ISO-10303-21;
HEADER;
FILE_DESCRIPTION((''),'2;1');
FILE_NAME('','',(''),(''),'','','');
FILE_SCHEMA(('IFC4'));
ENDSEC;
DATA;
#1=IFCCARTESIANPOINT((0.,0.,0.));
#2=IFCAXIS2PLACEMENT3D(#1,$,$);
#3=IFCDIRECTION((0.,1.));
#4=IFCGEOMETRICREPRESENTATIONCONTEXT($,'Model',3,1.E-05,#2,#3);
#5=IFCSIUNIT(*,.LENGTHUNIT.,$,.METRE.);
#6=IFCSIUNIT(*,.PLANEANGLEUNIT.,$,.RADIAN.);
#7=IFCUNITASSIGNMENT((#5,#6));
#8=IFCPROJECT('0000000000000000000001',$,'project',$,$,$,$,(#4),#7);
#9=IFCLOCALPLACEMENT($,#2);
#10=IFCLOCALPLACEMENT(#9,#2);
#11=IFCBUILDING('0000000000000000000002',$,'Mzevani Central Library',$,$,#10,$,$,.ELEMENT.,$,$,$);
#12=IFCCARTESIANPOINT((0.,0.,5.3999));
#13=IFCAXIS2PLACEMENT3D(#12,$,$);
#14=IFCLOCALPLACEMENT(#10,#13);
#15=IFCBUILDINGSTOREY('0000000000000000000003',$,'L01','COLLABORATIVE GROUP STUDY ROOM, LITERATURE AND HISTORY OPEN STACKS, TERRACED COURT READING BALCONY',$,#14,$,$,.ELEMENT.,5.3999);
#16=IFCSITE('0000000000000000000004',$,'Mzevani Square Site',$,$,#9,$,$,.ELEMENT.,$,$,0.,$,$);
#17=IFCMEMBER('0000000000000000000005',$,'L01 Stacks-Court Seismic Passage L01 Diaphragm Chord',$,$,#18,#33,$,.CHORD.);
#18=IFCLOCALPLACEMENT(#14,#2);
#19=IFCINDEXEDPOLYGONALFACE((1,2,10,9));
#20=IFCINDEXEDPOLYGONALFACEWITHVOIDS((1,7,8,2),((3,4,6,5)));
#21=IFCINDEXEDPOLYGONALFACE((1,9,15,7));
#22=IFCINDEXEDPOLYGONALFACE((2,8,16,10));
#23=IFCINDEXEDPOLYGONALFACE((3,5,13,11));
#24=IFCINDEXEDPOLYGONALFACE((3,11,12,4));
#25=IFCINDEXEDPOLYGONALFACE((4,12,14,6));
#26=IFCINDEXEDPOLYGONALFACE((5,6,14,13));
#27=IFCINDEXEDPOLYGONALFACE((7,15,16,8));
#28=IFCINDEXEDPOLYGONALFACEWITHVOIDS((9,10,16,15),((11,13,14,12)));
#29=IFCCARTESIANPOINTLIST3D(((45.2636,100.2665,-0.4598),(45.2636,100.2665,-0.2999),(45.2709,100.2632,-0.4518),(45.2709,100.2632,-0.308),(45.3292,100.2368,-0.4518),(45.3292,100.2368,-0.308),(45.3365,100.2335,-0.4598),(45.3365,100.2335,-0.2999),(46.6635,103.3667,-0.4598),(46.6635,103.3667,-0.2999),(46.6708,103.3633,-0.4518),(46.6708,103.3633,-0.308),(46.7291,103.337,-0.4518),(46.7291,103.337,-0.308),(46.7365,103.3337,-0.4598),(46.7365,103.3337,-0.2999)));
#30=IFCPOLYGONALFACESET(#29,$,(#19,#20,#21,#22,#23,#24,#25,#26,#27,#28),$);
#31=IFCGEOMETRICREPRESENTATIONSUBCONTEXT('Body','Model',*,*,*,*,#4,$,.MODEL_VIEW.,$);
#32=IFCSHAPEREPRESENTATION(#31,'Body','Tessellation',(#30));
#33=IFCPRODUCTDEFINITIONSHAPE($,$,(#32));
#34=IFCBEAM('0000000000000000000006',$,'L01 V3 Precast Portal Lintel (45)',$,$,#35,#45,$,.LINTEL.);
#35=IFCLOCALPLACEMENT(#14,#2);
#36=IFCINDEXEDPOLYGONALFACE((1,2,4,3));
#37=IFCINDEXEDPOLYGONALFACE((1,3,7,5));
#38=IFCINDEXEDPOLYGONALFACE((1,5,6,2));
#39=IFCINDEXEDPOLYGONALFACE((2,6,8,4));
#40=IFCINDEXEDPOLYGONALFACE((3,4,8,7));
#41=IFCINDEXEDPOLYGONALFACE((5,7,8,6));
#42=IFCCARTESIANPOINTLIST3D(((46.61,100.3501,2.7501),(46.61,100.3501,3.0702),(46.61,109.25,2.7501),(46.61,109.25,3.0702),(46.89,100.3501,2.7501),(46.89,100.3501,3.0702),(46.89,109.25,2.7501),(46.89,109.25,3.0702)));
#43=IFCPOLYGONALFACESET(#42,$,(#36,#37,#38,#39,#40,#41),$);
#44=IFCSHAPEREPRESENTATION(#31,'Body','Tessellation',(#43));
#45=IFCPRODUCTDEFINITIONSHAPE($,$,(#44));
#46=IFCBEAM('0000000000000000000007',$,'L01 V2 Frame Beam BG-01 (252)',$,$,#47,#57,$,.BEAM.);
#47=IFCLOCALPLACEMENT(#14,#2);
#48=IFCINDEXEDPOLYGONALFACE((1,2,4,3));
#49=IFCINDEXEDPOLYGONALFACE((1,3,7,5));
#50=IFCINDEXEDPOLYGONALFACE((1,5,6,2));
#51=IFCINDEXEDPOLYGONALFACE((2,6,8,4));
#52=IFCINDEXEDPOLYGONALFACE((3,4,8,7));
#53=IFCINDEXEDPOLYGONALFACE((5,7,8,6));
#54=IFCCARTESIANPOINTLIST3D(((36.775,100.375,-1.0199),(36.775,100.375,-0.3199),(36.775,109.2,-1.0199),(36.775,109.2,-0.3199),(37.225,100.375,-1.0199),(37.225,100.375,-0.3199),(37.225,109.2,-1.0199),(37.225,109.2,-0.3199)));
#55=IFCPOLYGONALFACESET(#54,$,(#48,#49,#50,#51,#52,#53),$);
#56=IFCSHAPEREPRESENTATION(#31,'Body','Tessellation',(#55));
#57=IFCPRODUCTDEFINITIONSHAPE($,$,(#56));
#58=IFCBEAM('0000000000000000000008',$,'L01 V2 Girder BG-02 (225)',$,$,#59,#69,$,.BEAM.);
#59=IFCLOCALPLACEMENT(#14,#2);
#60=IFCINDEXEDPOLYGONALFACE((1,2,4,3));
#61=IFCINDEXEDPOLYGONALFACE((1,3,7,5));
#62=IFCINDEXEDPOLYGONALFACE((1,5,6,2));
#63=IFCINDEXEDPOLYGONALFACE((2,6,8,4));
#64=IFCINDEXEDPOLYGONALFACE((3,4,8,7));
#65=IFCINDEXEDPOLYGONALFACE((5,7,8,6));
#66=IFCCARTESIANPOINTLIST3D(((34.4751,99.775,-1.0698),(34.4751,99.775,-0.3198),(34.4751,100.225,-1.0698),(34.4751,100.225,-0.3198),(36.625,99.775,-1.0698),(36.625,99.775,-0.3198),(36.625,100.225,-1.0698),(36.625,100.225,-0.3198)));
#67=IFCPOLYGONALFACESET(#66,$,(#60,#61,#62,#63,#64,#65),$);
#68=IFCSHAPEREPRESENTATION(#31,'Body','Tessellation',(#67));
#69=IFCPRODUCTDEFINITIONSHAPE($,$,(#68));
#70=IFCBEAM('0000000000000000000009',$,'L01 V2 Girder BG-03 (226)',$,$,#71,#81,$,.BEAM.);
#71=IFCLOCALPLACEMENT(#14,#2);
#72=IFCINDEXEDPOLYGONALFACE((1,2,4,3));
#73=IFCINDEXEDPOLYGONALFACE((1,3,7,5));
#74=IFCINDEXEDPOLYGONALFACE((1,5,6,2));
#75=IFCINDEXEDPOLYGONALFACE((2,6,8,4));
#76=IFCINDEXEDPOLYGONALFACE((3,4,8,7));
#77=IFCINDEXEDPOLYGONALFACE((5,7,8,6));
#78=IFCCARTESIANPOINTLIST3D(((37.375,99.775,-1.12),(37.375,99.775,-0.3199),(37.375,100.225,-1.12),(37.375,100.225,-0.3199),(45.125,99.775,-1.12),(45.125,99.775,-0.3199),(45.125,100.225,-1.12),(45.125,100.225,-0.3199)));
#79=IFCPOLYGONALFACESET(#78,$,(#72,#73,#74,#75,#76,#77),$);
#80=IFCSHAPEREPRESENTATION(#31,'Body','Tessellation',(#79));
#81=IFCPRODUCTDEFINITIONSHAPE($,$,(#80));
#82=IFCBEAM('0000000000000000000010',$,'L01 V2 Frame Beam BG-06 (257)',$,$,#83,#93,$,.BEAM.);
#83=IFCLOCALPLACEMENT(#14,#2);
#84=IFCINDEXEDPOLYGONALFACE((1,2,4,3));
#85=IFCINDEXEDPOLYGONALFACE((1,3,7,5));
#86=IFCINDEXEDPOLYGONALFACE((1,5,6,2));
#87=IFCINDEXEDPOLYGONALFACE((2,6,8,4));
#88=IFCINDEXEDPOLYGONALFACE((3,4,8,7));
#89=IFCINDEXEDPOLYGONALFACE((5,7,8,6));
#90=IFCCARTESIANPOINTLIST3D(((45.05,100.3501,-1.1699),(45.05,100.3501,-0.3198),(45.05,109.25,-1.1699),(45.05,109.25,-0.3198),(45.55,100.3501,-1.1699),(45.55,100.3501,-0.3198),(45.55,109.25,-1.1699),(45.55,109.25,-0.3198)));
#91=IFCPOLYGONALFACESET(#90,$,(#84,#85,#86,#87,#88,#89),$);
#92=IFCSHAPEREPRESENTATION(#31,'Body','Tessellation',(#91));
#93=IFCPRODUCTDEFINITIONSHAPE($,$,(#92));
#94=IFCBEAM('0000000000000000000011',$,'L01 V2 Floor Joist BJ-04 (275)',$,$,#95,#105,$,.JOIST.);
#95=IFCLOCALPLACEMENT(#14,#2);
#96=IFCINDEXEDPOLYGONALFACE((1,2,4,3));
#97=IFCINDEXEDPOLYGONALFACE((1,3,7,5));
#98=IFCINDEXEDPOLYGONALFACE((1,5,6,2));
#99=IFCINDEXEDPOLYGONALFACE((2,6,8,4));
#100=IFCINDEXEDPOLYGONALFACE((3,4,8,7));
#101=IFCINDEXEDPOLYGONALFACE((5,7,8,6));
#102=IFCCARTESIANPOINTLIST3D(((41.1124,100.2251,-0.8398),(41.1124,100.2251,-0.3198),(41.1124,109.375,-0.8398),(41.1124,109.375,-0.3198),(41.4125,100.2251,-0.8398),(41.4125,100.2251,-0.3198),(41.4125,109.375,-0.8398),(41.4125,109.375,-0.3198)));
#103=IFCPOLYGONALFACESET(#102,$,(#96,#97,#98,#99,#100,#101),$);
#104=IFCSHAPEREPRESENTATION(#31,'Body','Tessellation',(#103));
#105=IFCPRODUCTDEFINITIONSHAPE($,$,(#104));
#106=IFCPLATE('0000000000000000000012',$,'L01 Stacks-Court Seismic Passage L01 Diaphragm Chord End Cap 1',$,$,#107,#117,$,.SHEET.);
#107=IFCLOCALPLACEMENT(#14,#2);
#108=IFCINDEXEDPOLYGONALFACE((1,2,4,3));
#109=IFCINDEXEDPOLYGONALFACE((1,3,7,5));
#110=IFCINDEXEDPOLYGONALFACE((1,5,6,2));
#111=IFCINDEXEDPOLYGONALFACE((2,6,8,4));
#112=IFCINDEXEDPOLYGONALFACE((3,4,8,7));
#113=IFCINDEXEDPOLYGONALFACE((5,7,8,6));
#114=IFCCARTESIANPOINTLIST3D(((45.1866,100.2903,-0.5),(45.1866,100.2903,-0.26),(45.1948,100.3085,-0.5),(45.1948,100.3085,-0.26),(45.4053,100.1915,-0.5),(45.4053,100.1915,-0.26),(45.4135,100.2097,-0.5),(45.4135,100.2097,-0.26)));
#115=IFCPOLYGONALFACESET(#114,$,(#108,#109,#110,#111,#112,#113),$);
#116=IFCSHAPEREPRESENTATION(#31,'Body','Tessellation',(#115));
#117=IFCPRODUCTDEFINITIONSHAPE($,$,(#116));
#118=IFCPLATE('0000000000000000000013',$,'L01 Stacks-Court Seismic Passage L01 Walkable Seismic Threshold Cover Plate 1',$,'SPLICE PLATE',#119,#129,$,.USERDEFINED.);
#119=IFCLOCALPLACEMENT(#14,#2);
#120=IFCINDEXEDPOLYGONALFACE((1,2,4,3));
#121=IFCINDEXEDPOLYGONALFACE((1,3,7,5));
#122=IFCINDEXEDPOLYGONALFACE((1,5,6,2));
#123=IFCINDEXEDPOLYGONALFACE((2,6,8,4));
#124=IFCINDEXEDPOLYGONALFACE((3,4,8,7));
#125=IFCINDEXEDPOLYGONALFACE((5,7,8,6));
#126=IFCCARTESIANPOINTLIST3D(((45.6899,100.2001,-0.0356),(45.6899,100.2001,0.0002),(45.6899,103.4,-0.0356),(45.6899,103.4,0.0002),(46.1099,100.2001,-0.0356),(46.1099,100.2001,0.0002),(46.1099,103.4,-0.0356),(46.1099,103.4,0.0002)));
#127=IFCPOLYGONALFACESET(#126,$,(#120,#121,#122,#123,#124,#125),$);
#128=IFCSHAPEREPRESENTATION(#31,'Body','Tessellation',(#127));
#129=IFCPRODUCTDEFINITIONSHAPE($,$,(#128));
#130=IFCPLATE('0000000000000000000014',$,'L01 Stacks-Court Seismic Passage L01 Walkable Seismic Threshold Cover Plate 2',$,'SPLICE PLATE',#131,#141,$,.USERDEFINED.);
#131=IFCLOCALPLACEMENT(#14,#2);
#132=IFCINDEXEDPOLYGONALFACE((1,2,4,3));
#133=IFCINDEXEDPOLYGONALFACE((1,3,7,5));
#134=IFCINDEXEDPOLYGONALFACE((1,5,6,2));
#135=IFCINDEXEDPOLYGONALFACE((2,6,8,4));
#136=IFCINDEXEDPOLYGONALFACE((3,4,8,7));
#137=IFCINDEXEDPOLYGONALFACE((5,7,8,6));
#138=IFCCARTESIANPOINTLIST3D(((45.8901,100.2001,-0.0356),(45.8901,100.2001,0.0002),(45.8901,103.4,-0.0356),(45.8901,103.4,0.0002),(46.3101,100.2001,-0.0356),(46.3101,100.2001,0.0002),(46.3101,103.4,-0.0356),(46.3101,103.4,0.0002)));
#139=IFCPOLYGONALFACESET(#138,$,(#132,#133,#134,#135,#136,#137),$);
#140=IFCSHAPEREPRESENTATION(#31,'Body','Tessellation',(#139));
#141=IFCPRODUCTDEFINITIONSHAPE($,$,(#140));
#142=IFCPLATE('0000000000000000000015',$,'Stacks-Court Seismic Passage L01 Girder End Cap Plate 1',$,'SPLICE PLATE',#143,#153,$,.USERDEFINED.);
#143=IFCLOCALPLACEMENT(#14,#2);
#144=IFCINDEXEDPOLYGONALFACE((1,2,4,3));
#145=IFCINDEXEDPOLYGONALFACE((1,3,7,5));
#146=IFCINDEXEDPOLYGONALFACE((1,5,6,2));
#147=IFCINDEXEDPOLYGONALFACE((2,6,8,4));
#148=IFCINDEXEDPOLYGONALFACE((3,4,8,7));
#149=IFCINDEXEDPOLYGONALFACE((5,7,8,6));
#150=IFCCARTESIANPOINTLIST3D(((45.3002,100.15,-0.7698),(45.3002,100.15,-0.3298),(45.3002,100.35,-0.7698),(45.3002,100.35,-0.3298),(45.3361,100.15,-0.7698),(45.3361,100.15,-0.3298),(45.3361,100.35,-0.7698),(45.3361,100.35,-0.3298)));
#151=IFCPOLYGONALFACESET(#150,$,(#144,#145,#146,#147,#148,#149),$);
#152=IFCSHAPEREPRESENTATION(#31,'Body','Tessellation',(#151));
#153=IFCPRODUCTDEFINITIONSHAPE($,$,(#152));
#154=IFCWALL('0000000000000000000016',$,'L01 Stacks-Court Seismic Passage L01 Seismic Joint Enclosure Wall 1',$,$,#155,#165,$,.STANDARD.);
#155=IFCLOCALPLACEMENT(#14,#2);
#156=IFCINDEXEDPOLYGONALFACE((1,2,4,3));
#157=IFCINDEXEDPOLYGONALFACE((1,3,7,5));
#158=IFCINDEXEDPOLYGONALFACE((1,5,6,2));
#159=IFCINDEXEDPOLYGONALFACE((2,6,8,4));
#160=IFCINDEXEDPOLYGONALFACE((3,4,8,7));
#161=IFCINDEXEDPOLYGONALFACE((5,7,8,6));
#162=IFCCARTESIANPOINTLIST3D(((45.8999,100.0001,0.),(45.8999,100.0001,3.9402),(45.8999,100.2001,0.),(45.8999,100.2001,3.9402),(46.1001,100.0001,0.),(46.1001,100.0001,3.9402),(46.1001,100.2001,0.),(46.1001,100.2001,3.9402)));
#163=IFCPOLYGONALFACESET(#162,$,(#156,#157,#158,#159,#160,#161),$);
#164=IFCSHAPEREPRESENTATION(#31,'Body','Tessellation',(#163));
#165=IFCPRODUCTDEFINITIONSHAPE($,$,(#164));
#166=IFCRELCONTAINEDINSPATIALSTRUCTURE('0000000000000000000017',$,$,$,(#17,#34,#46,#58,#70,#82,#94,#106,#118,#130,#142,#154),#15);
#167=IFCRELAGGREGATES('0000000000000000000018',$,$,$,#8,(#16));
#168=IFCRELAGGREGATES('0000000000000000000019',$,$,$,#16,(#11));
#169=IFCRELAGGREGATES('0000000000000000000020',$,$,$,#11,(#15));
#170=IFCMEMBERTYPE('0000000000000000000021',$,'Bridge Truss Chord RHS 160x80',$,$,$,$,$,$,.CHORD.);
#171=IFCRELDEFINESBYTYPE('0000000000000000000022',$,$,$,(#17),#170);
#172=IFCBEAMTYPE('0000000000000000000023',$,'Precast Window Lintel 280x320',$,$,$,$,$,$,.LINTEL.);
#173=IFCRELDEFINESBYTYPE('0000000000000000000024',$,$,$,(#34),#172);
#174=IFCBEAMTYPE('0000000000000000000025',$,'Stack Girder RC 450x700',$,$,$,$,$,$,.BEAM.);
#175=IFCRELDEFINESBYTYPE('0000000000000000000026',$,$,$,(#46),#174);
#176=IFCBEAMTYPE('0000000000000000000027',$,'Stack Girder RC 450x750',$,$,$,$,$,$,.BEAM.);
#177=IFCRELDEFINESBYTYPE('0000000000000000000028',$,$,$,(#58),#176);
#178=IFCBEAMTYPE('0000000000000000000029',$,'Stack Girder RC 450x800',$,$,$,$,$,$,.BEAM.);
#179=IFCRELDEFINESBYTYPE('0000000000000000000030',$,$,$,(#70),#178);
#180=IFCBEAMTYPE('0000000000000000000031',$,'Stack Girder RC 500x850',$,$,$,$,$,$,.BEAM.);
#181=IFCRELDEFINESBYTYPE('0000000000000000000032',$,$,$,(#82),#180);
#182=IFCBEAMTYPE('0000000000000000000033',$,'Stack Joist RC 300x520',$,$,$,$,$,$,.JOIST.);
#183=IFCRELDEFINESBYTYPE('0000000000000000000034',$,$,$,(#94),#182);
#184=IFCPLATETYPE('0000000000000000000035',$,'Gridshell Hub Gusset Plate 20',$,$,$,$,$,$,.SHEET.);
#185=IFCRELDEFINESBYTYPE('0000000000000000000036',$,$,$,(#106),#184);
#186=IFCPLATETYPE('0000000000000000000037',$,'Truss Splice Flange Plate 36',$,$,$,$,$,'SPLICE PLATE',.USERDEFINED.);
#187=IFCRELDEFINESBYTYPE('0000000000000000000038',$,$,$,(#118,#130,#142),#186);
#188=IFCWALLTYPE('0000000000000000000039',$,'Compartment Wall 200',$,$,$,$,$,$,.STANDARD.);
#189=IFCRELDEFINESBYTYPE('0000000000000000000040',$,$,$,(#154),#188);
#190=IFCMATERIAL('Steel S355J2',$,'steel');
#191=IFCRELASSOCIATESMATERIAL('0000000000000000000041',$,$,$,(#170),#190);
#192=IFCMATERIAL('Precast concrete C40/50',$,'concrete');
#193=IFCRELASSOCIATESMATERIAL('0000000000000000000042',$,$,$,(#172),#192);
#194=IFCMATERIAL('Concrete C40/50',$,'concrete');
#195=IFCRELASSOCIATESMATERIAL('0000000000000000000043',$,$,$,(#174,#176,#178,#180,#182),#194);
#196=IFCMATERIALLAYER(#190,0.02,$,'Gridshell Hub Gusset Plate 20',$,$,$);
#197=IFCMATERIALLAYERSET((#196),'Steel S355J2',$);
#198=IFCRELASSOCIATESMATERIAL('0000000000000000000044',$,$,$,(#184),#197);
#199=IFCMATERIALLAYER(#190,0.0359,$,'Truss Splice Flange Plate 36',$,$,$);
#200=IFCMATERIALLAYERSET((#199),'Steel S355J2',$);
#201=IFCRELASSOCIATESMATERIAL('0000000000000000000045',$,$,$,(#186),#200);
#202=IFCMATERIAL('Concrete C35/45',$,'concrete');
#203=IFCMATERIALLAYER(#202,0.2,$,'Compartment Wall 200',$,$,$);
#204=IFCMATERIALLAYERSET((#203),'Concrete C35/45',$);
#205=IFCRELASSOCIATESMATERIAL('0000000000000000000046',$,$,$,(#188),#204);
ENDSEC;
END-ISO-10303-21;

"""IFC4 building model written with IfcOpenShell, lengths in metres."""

from ifc_helpers import new_model, si_unit, direction, frame, frame_2d, origin, origin_2d, place, context, subcontext, project, spatial, rectangle, hollow_rectangle, extrude, material, layer, layer_set, material_profile, profile_set, type_object, element, save


model = new_model("IFC4")

# Units and contexts
model_context = context("Model", 3, precision=1e-05, world=origin(), true_north=direction((0.0, 1.0)))
body_context = subcontext(model_context, "Body", "Model", "MODEL_VIEW")
ifc_project = project(units=[si_unit("LENGTHUNIT", "METRE"), si_unit("PLANEANGLEUNIT", "RADIAN")], contexts=[model_context])

# Site, building, storey
site_placement = place(None, origin())
site = spatial("IfcSite", under=ifc_project, at=site_placement, Name="Mzevani Square Site", CompositionType="ELEMENT", RefElevation=0.0)
building_placement = place(site_placement, origin())
building = spatial("IfcBuilding", under=site, at=building_placement, Name="Mzevani Central Library", CompositionType="ELEMENT")
storey_placement = place(building_placement, frame((0.0, 0.0, 5.3999)))
storey = spatial("IfcBuildingStorey", under=building, at=storey_placement, Name="L01", Description="COLLABORATIVE GROUP STUDY ROOM, LITERATURE AND HISTORY OPEN STACKS, TERRACED COURT READING BALCONY", CompositionType="ELEMENT", Elevation=5.3999)

# Shared definitions
ifc_material_1 = material(Name="Concrete C40/50", Category="concrete")

# Shared definitions
ifc_material_2 = material(Name="Concrete C35/45", Category="concrete")
ifc_material_3 = material(Name="Steel S355J2", Category="steel")

# Member
ifc_material_profile_1 = material_profile(ifc_material_3, hollow_rectangle(XDim=0.0801, YDim=0.1599, WallThickness=0.0081, at=origin_2d()), Name="RHS 160x80x8.0")
ifc_profile_set_1 = profile_set([ifc_material_profile_1], Name="Steel S355J2")
member_type = type_object("IfcMemberType", Name="Bridge Truss Chord RHS 160x80", PredefinedType="CHORD", material=ifc_profile_set_1)
member_placement = place(storey_placement, frame((45.3, 100.25, -0.3799), z_axis=(0.411552, 0.911386, 0.0), x_axis=(-0.911386, 0.411552, 0.0)))
element("IfcMember", 1, at=member_placement, inside=storey, type_object=member_type, Name="L01 Stacks-Court Seismic Passage L01 Diaphragm Chord", PredefinedType="CHORD", context=body_context, shape_type="SweptSolid", body=[
    extrude(hollow_rectangle(XDim=0.0801, YDim=0.1599, WallThickness=0.0081, at=origin_2d()), origin(), (0.0, 0.0, 1.0), 3.4016),
])

# Beams
ifc_material_4 = material(Name="Precast concrete C40/50", Category="concrete")
ifc_material_profile_2 = material_profile(ifc_material_4, rectangle(XDim=0.28, YDim=0.3201, at=origin_2d()), Name="PC LN280x320")
ifc_profile_set_2 = profile_set([ifc_material_profile_2], Name="Precast concrete C40/50")
beam_type_1 = type_object("IfcBeamType", Name="Precast Window Lintel 280x320", PredefinedType="LINTEL", material=ifc_profile_set_2)
beam_1_placement = place(storey_placement, frame((46.75, 100.3501, 2.9102), z_axis=(0.0, 1.0, 0.0), x_axis=(-1.0, 0.0, 0.0)))
element("IfcBeam", 2, at=beam_1_placement, inside=storey, type_object=beam_type_1, Name="L01 V3 Precast Portal Lintel (45)", PredefinedType="LINTEL", context=body_context, shape_type="SweptSolid", body=[
    extrude(rectangle(XDim=0.28, YDim=0.3201, at=origin_2d()), origin(), (0.0, 0.0, 1.0), 8.8999),
])
ifc_material_profile_3 = material_profile(ifc_material_1, rectangle(XDim=0.45, YDim=0.7, at=origin_2d()), Name="RC B450x700")
ifc_profile_set_3 = profile_set([ifc_material_profile_3], Name="Concrete C40/50")
beam_type_2 = type_object("IfcBeamType", Name="Stack Girder RC 450x700", PredefinedType="BEAM", material=ifc_profile_set_3)
beam_2_placement = place(storey_placement, frame((37.0, 100.375, -0.6699), z_axis=(0.0, 1.0, 0.0), x_axis=(-1.0, 0.0, 0.0)))
element("IfcBeam", 3, at=beam_2_placement, inside=storey, type_object=beam_type_2, Name="L01 V2 Frame Beam BG-01 (252)", PredefinedType="BEAM", context=body_context, shape_type="SweptSolid", body=[
    extrude(rectangle(XDim=0.45, YDim=0.7, at=origin_2d()), origin(), (0.0, 0.0, 1.0), 8.825),
])
ifc_material_profile_4 = material_profile(ifc_material_1, rectangle(XDim=0.45, YDim=0.75, at=origin_2d()), Name="RC B450x750")
ifc_profile_set_4 = profile_set([ifc_material_profile_4], Name="Concrete C40/50")
beam_type_3 = type_object("IfcBeamType", Name="Stack Girder RC 450x750", PredefinedType="BEAM", material=ifc_profile_set_4)
beam_3_placement = place(storey_placement, frame((34.4751, 100.0, -0.6948), z_axis=(1.0, 0.0, 0.0), x_axis=(0.0, 1.0, 0.0)))
element("IfcBeam", 4, at=beam_3_placement, inside=storey, type_object=beam_type_3, Name="L01 V2 Girder BG-02 (225)", PredefinedType="BEAM", context=body_context, shape_type="SweptSolid", body=[
    extrude(rectangle(XDim=0.45, YDim=0.75, at=origin_2d()), origin(), (0.0, 0.0, 1.0), 2.1499),
])
ifc_material_profile_5 = material_profile(ifc_material_1, rectangle(XDim=0.45, YDim=0.8, at=origin_2d()), Name="RC B450x800")
ifc_profile_set_5 = profile_set([ifc_material_profile_5], Name="Concrete C40/50")
beam_type_4 = type_object("IfcBeamType", Name="Stack Girder RC 450x800", PredefinedType="BEAM", material=ifc_profile_set_5)
beam_4_placement = place(storey_placement, frame((37.375, 100.0, -0.72), z_axis=(1.0, 0.0, 0.0), x_axis=(0.0, 1.0, 0.0)))
element("IfcBeam", 5, at=beam_4_placement, inside=storey, type_object=beam_type_4, Name="L01 V2 Girder BG-03 (226)", PredefinedType="BEAM", context=body_context, shape_type="SweptSolid", body=[
    extrude(rectangle(XDim=0.45, YDim=0.8, at=origin_2d()), origin(), (0.0, 0.0, 1.0), 7.75),
])
ifc_material_profile_6 = material_profile(ifc_material_1, rectangle(XDim=0.5, YDim=0.8501, at=origin_2d()), Name="RC B500x850")
ifc_profile_set_6 = profile_set([ifc_material_profile_6], Name="Concrete C40/50")
beam_type_5 = type_object("IfcBeamType", Name="Stack Girder RC 500x850", PredefinedType="BEAM", material=ifc_profile_set_6)
beam_5_placement = place(storey_placement, frame((45.3, 100.3501, -0.7449), z_axis=(0.0, 1.0, 0.0), x_axis=(-1.0, 0.0, 0.0)))
element("IfcBeam", 6, at=beam_5_placement, inside=storey, type_object=beam_type_5, Name="L01 V2 Frame Beam BG-06 (257)", PredefinedType="BEAM", context=body_context, shape_type="SweptSolid", body=[
    extrude(rectangle(XDim=0.5, YDim=0.8501, at=origin_2d()), origin(), (0.0, 0.0, 1.0), 8.8999),
])
ifc_material_profile_7 = material_profile(ifc_material_1, rectangle(XDim=0.3, YDim=0.52, at=origin_2d()), Name="RC J300x520")
ifc_profile_set_7 = profile_set([ifc_material_profile_7], Name="Concrete C40/50")
beam_type_6 = type_object("IfcBeamType", Name="Stack Joist RC 300x520", PredefinedType="JOIST", material=ifc_profile_set_7)
beam_6_placement = place(storey_placement, frame((41.2625, 100.2251, -0.5798), z_axis=(0.0, 1.0, 0.0), x_axis=(-1.0, 0.0, 0.0)))
element("IfcBeam", 7, at=beam_6_placement, inside=storey, type_object=beam_type_6, Name="L01 V2 Floor Joist BJ-04 (275)", PredefinedType="JOIST", context=body_context, shape_type="SweptSolid", body=[
    extrude(rectangle(XDim=0.3, YDim=0.52, at=origin_2d()), origin(), (0.0, 0.0, 1.0), 9.1499),
])

# Plates
ifc_layer_1 = layer(ifc_material_3, 0.02, Name="Gridshell Hub Gusset Plate 20")
ifc_layer_set_1 = layer_set([ifc_layer_1], Name="Steel S355J2")
plate_type_1 = type_object("IfcPlateType", Name="Gridshell Hub Gusset Plate 20", PredefinedType="SHEET", material=ifc_layer_set_1)
plate_1_placement = place(storey_placement, frame((45.3, 100.25, -0.5), z_axis=(0.0, 0.0, 1.0), x_axis=(0.411586, 0.911371, 0.0)))
element("IfcPlate", 8, at=plate_1_placement, inside=storey, type_object=plate_type_1, Name="L01 Stacks-Court Seismic Passage L01 Diaphragm Chord End Cap 1", PredefinedType="SHEET", context=body_context, shape_type="SweptSolid", body=[
    extrude(rectangle(XDim=0.02, YDim=0.24, at=origin_2d()), origin(), (0.0, 0.0, 1.0), 0.24),
])
ifc_layer_2 = layer(ifc_material_3, 0.0359, Name="Truss Splice Flange Plate 36")
ifc_layer_set_2 = layer_set([ifc_layer_2], Name="Steel S355J2")
plate_type_2 = type_object("IfcPlateType", Name="Truss Splice Flange Plate 36", ElementType="SPLICE PLATE", PredefinedType="USERDEFINED", material=ifc_layer_set_2)
for number, where, z_axis, x_axis, name in (
    (9, (45.8999, 101.8, -0.0356), (0.0, 0.0, 1.0), (1.0, 0.0, 0.0), "L01 Stacks-Court Seismic Passage L01 Walkable Seismic Threshold Cover Plate 1"),
    (10, (46.1001, 101.8, -0.0356), (0.0, 0.0, 1.0), (1.0, 0.0, 0.0), "L01 Stacks-Court Seismic Passage L01 Walkable Seismic Threshold Cover Plate 2"),
):
    element("IfcPlate", number, at=place(storey_placement, frame(where, z_axis=z_axis, x_axis=x_axis)), inside=storey, type_object=plate_type_2, Name=name, ObjectType="SPLICE PLATE", PredefinedType="USERDEFINED", context=body_context, shape_type="SweptSolid", body=[
        extrude(rectangle(XDim=0.4199, YDim=3.2, at=origin_2d()), origin(), (0.0, 0.0, 1.0), 0.0359),
    ])
plate_2_placement = place(storey_placement, frame((45.3181, 100.25, -0.7698), z_axis=(0.0, 0.0, 1.0), x_axis=(1.0, 0.0, 0.0)))
element("IfcPlate", 11, at=plate_2_placement, inside=storey, type_object=plate_type_2, Name="Stacks-Court Seismic Passage L01 Girder End Cap Plate 1", ObjectType="SPLICE PLATE", PredefinedType="USERDEFINED", context=body_context, shape_type="SweptSolid", body=[
    extrude(rectangle(XDim=0.0359, YDim=0.2, at=origin_2d()), origin(), (0.0, 0.0, 1.0), 0.4399),
])

# Wall
ifc_layer_3 = layer(ifc_material_2, 0.2, Name="Compartment Wall 200")
ifc_layer_set_3 = layer_set([ifc_layer_3], Name="Concrete C35/45")
wall_type_1 = type_object("IfcWallType", Name="Compartment Wall 200", PredefinedType="STANDARD", material=ifc_layer_set_3)
wall_1_placement = place(storey_placement, frame((45.8999, 100.1001, 0.0), z_axis=(0.0, 0.0, 1.0), x_axis=(1.0, 0.0, 0.0)))
element("IfcWall", 12, at=wall_1_placement, inside=storey, type_object=wall_type_1, Name="L01 Stacks-Court Seismic Passage L01 Seismic Joint Enclosure Wall 1", PredefinedType="STANDARD", context=body_context, shape_type="SweptSolid", body=[
    extrude(rectangle(XDim=0.2002, YDim=0.2, at=frame_2d((0.1001, 0.0))), origin(), (0.0, 0.0, 1.0), 3.9402),
])

save(model, "model.ifc")
